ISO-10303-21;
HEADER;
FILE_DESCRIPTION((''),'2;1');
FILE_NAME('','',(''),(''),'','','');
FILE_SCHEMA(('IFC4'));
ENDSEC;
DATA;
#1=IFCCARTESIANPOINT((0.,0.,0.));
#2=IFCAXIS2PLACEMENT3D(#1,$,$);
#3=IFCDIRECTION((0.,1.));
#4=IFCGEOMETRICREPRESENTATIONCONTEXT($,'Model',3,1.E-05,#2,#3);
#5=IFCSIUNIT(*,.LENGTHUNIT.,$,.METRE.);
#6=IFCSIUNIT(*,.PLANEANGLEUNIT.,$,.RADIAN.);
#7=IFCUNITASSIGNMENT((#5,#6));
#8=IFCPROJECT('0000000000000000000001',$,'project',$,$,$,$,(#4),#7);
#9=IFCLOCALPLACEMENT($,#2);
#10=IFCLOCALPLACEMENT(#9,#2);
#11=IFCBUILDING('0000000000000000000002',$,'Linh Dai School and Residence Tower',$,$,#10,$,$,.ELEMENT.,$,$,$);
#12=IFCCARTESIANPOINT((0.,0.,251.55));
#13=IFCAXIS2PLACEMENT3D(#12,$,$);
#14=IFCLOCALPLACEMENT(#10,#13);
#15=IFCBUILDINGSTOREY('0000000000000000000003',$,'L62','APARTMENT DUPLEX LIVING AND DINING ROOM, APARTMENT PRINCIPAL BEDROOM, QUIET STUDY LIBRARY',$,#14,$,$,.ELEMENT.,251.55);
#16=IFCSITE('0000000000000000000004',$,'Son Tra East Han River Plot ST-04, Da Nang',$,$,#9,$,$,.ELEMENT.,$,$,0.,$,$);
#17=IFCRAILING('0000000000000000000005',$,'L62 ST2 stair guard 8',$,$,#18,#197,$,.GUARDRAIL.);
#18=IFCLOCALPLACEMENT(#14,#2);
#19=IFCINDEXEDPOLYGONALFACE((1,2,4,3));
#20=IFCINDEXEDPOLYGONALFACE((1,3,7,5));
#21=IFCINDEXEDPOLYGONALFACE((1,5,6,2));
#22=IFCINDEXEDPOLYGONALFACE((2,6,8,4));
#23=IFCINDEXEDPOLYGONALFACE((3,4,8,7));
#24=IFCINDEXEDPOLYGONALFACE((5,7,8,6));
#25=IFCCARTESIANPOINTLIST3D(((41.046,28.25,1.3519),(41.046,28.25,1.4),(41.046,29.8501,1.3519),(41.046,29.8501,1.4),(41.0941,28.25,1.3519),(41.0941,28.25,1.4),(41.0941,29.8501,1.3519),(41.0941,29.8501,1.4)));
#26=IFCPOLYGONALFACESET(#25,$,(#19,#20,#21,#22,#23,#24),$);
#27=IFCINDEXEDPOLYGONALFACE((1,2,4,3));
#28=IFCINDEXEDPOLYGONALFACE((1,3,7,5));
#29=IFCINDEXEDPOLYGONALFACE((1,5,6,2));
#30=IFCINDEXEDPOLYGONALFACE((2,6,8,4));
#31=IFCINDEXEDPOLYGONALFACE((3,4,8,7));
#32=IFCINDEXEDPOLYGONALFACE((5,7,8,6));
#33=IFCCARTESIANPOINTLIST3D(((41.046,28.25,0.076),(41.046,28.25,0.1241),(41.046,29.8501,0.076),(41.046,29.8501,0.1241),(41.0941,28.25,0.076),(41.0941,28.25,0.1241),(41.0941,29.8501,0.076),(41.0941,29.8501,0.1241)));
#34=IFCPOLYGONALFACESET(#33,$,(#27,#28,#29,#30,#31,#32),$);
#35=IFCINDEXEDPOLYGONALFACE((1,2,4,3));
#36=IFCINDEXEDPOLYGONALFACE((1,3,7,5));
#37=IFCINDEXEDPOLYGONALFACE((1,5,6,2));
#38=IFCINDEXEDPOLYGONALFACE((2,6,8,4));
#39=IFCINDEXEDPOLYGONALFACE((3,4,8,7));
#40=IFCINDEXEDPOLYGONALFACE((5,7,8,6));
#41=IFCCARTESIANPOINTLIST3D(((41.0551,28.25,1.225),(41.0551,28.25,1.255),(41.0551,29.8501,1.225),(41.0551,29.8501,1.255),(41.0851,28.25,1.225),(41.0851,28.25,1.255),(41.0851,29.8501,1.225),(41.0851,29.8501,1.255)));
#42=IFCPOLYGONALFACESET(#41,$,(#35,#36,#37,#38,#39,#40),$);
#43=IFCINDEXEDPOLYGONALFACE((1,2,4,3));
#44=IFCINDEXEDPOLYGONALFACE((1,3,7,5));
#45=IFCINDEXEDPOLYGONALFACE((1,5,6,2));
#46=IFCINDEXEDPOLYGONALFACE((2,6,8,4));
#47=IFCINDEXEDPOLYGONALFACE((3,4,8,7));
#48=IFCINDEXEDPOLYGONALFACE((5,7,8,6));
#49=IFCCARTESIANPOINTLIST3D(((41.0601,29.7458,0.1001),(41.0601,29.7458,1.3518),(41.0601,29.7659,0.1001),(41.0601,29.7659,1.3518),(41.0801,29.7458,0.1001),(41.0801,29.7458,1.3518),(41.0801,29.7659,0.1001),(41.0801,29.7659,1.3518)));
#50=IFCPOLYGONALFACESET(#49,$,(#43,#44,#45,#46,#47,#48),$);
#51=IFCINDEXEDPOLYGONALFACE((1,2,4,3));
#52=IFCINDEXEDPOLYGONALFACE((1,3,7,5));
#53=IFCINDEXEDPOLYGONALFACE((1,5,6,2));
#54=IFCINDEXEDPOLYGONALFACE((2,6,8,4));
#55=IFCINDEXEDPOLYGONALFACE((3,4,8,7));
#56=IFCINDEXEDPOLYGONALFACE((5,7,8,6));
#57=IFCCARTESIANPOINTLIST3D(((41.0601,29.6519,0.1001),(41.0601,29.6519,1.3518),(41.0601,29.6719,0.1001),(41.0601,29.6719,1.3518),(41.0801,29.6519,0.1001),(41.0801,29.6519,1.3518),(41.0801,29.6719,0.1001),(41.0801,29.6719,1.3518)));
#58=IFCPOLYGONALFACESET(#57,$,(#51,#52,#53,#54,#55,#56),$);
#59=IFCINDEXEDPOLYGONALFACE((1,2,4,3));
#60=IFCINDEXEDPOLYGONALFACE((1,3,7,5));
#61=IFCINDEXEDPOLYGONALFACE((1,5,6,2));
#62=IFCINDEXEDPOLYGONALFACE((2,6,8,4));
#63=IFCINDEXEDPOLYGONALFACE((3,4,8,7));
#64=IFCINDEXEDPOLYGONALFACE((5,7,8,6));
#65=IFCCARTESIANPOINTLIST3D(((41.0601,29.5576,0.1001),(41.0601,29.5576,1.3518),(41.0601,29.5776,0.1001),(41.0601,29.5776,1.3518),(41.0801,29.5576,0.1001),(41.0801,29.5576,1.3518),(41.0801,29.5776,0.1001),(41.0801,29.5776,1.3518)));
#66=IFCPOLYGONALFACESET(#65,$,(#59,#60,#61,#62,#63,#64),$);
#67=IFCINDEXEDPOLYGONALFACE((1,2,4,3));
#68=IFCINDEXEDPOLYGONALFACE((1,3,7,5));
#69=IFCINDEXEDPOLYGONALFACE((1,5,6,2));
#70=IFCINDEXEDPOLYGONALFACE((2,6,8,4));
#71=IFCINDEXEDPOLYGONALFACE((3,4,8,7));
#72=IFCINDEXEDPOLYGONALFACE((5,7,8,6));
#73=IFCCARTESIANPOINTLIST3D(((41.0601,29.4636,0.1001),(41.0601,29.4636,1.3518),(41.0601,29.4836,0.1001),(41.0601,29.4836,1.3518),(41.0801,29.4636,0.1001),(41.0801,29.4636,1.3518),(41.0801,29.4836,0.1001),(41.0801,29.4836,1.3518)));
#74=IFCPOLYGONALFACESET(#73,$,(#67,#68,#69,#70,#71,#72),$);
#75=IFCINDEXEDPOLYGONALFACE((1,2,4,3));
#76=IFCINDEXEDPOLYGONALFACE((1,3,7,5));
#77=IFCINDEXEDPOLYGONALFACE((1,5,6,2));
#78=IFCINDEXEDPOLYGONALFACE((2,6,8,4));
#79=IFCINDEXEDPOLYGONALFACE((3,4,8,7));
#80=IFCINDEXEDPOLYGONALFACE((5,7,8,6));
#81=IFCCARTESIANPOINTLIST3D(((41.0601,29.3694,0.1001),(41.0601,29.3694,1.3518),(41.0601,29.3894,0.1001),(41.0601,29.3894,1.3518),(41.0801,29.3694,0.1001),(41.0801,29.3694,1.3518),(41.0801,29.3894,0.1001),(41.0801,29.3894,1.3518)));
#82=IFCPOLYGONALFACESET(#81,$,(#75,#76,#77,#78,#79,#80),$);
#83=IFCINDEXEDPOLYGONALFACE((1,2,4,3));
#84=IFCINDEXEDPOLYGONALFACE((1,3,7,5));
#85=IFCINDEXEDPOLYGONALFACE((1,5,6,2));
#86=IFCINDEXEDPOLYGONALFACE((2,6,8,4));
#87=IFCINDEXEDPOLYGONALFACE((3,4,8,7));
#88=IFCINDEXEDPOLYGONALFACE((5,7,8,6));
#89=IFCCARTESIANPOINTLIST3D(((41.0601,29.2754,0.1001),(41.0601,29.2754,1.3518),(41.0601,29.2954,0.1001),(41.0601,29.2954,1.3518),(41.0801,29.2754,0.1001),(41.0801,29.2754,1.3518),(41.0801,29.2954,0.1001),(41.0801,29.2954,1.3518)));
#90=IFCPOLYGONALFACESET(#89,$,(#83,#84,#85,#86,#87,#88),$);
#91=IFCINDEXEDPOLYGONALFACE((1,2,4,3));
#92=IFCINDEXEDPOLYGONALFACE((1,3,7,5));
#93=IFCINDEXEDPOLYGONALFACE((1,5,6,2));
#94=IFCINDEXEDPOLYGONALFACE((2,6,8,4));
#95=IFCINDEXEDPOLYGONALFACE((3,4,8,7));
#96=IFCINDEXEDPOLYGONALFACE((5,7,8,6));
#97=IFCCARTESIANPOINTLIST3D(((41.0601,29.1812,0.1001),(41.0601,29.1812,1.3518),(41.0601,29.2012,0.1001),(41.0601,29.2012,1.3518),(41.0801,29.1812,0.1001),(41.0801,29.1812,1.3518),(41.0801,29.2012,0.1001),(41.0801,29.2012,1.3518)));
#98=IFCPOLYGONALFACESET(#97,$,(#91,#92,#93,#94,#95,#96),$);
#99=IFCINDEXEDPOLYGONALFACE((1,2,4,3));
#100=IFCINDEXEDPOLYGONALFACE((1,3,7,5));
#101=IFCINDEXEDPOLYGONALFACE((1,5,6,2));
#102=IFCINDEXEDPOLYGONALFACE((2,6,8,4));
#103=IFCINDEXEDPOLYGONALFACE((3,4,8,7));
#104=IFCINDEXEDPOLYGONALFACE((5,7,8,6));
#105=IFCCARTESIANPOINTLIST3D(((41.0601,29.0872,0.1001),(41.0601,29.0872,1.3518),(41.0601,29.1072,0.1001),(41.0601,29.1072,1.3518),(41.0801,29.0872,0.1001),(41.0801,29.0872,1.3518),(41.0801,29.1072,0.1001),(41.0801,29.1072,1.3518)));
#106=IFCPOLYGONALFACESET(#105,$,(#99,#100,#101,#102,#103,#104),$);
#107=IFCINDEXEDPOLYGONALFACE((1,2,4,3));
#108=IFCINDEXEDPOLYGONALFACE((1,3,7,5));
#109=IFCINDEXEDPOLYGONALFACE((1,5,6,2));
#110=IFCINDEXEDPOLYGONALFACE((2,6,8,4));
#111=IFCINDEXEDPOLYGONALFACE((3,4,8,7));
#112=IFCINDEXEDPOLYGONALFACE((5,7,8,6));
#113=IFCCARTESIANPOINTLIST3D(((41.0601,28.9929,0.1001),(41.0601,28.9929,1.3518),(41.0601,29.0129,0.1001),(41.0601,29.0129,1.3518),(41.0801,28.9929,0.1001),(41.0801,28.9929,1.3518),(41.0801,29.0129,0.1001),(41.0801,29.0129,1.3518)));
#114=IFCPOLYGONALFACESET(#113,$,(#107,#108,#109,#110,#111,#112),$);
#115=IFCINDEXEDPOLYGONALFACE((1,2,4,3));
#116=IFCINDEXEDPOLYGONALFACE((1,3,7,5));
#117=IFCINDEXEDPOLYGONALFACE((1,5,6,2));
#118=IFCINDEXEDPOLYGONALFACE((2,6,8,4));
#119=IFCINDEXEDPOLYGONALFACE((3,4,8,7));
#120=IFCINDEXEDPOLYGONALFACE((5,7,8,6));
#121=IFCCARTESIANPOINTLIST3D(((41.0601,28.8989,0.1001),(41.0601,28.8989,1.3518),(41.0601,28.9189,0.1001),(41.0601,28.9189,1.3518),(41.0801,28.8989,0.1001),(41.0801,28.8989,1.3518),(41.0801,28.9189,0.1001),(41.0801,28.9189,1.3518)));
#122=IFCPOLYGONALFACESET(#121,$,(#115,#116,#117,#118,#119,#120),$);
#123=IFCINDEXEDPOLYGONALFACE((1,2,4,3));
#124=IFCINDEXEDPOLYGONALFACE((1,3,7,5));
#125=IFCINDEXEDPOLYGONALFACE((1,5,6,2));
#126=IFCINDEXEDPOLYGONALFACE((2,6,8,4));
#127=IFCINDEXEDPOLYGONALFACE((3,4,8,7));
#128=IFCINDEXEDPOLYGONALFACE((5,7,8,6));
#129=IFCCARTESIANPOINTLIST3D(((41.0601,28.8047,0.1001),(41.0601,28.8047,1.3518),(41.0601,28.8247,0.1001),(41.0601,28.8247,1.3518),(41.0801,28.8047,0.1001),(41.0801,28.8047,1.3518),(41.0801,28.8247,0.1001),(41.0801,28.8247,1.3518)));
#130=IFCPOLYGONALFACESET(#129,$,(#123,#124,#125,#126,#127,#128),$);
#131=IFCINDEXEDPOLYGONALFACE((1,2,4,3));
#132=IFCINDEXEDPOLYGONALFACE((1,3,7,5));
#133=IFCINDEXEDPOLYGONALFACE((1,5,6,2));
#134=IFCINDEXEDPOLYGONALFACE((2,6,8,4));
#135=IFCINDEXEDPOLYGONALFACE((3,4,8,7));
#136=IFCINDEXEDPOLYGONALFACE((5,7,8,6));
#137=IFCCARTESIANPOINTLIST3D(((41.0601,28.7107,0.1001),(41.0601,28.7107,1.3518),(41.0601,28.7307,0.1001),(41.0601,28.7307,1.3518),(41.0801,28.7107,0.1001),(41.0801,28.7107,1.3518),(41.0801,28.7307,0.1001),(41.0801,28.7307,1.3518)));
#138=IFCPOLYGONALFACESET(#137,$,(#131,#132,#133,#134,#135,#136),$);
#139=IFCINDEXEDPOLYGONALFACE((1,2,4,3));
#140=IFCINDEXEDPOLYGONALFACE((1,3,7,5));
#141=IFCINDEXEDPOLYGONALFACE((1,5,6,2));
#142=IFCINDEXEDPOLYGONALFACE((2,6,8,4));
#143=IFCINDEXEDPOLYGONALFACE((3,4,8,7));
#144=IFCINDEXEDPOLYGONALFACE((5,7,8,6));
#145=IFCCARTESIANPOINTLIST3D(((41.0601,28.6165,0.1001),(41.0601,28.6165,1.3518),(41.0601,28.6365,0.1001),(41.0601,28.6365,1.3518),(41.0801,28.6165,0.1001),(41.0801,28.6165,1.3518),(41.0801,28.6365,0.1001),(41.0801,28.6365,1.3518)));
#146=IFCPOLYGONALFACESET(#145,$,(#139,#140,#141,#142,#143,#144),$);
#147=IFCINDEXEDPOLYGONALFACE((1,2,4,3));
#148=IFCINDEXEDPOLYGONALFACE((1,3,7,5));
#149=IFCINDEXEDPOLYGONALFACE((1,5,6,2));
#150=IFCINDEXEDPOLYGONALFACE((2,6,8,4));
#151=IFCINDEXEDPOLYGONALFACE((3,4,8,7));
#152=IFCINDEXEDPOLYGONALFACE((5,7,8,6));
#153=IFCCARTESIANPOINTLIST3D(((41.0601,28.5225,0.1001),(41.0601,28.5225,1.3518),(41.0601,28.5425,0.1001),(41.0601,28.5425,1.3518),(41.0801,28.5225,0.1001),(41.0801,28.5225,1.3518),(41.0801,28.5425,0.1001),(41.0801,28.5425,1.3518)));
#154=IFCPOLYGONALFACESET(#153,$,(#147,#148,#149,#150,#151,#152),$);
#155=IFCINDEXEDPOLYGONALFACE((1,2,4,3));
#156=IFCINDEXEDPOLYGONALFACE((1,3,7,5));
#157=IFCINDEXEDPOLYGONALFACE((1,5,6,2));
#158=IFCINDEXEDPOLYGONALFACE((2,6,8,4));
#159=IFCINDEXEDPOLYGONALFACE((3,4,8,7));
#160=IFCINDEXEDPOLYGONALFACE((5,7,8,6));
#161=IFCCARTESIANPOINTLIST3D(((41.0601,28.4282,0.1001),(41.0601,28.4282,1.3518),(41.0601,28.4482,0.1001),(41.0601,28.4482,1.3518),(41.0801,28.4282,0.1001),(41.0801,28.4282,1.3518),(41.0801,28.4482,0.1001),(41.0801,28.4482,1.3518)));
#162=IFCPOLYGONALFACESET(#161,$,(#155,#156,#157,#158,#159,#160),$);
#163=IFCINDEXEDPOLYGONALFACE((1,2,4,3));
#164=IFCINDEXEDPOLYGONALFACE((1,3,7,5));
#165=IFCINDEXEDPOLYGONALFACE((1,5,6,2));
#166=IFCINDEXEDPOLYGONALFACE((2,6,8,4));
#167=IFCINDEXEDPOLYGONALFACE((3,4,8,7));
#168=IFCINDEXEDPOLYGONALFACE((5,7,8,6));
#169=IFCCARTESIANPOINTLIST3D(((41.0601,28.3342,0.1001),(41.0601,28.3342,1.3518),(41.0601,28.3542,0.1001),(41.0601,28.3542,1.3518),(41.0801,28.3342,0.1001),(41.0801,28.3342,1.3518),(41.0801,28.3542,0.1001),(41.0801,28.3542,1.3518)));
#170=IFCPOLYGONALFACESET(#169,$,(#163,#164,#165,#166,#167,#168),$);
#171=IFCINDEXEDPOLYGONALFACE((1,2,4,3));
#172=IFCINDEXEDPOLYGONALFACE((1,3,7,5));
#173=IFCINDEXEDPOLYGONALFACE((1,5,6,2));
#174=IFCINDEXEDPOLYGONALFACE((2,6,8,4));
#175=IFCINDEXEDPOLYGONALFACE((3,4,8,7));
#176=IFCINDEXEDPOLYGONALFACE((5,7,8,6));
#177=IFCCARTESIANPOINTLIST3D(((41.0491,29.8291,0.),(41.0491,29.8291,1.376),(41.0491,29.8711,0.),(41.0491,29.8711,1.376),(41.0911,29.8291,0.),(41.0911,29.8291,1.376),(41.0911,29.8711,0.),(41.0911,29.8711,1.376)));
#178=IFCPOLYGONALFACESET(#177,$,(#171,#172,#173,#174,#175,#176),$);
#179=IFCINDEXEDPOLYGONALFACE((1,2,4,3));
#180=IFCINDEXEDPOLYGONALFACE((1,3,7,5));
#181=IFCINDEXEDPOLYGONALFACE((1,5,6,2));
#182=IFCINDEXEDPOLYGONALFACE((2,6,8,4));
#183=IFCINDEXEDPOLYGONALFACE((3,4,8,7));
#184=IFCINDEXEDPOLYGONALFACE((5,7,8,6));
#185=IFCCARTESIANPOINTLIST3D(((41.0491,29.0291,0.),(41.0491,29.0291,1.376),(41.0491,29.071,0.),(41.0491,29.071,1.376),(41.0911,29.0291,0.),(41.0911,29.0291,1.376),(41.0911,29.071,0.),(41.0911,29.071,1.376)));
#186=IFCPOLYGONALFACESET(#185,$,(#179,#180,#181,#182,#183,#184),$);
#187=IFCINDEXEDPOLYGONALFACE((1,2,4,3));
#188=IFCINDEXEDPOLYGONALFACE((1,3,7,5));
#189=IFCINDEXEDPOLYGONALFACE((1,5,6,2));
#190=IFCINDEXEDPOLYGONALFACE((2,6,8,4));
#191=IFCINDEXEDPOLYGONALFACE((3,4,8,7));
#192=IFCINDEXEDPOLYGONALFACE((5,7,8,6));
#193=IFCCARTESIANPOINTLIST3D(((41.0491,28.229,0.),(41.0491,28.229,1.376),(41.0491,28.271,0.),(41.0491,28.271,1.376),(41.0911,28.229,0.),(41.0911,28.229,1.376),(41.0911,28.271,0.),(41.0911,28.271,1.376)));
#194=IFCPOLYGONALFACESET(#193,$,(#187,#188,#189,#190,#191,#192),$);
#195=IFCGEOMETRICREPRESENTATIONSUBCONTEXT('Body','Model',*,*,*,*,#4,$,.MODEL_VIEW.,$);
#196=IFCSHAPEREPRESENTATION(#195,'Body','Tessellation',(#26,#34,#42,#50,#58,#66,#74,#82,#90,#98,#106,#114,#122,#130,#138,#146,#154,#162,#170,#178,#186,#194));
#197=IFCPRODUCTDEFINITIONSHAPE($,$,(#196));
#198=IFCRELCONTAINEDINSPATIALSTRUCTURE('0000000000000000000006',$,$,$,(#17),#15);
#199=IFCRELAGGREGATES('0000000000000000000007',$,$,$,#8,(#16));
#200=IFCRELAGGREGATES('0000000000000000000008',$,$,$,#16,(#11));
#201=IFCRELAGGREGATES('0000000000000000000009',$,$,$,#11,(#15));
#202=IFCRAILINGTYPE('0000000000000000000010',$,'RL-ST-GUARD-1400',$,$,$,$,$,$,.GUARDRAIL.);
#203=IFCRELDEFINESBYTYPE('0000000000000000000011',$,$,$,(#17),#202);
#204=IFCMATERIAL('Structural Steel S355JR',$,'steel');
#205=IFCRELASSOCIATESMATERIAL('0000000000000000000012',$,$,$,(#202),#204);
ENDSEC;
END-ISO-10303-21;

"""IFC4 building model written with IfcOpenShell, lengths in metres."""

from ifc_helpers import new_model, si_unit, direction, frame, origin, origin_2d, place, context, subcontext, project, spatial, rectangle, extrude, source, transform, mapped, material, type_object, element, save


model = new_model("IFC4")

# Units and contexts
model_context = context("Model", 3, precision=1e-05, world=origin(), true_north=direction((0.0, 1.0)))
body_context = subcontext(model_context, "Body", "Model", "MODEL_VIEW")
ifc_project = project(units=[si_unit("LENGTHUNIT", "METRE"), si_unit("PLANEANGLEUNIT", "RADIAN")], contexts=[model_context])

# Site, building, storey
site_placement = place(None, origin())
site = spatial("IfcSite", under=ifc_project, at=site_placement, Name="Son Tra East Han River Plot ST-04, Da Nang", CompositionType="ELEMENT", RefElevation=0.0)
building_placement = place(site_placement, origin())
building = spatial("IfcBuilding", under=site, at=building_placement, Name="Linh Dai School and Residence Tower", CompositionType="ELEMENT")
storey_placement = place(building_placement, frame((0.0, 0.0, 251.55)))
storey = spatial("IfcBuildingStorey", under=building, at=storey_placement, Name="L62", Description="APARTMENT DUPLEX LIVING AND DINING ROOM, APARTMENT PRINCIPAL BEDROOM, QUIET STUDY LIBRARY", CompositionType="ELEMENT", Elevation=251.55)

# Shared definitions
ifc_material_1 = material(Name="Structural Steel S355JR", Category="steel")

# Railing
railing_type_1 = type_object("IfcRailingType", Name="RL-ST-GUARD-1400", PredefinedType="GUARDRAIL", material=ifc_material_1)
shared_shape_1 = source(origin(), body_context, "Body", "SweptSolid", [
    extrude(rectangle(XDim=0.0481, YDim=0.0481, at=origin_2d()), frame((0.0, 0.0, 1.376), z_axis=(0.0, -1.0, 0.0), x_axis=(1.0, 0.0, 0.0)), (0.0, 0.0, 1.0), 1.6001),
    extrude(rectangle(XDim=0.0481, YDim=0.0481, at=origin_2d()), frame((0.0, 0.0, 0.1001), z_axis=(0.0, -1.0, 0.0), x_axis=(1.0, 0.0, 0.0)), (0.0, 0.0, 1.0), 1.6001),
    extrude(rectangle(XDim=0.03, YDim=0.03, at=origin_2d()), frame((0.0, 0.0, 1.24), z_axis=(0.0, -1.0, 0.0), x_axis=(1.0, 0.0, 0.0)), (0.0, 0.0, 1.0), 1.6001),
    extrude(rectangle(XDim=0.02, YDim=0.02, at=origin_2d()), frame((0.0, -0.0942, 0.1001)), (0.0, 0.0, 1.0), 1.2517),
    extrude(rectangle(XDim=0.02, YDim=0.02, at=origin_2d()), frame((0.0, -0.1882, 0.1001)), (0.0, 0.0, 1.0), 1.2517),
    extrude(rectangle(XDim=0.02, YDim=0.02, at=origin_2d()), frame((0.0, -0.2825, 0.1001)), (0.0, 0.0, 1.0), 1.2517),
    extrude(rectangle(XDim=0.02, YDim=0.02, at=origin_2d()), frame((0.0, -0.3765, 0.1001)), (0.0, 0.0, 1.0), 1.2517),
    extrude(rectangle(XDim=0.02, YDim=0.02, at=origin_2d()), frame((0.0, -0.4707, 0.1001)), (0.0, 0.0, 1.0), 1.2517),
    extrude(rectangle(XDim=0.02, YDim=0.02, at=origin_2d()), frame((0.0, -0.5647, 0.1001)), (0.0, 0.0, 1.0), 1.2517),
    extrude(rectangle(XDim=0.02, YDim=0.02, at=origin_2d()), frame((0.0, -0.6589, 0.1001)), (0.0, 0.0, 1.0), 1.2517),
    extrude(rectangle(XDim=0.02, YDim=0.02, at=origin_2d()), frame((0.0, -0.7529, 0.1001)), (0.0, 0.0, 1.0), 1.2517),
    extrude(rectangle(XDim=0.02, YDim=0.02, at=origin_2d()), frame((0.0, -0.8472, 0.1001)), (0.0, 0.0, 1.0), 1.2517),
    extrude(rectangle(XDim=0.02, YDim=0.02, at=origin_2d()), frame((0.0, -0.9412, 0.1001)), (0.0, 0.0, 1.0), 1.2517),
    extrude(rectangle(XDim=0.02, YDim=0.02, at=origin_2d()), frame((0.0, -1.0354, 0.1001)), (0.0, 0.0, 1.0), 1.2517),
    extrude(rectangle(XDim=0.02, YDim=0.02, at=origin_2d()), frame((0.0, -1.1294, 0.1001)), (0.0, 0.0, 1.0), 1.2517),
    extrude(rectangle(XDim=0.02, YDim=0.02, at=origin_2d()), frame((0.0, -1.2236, 0.1001)), (0.0, 0.0, 1.0), 1.2517),
    extrude(rectangle(XDim=0.02, YDim=0.02, at=origin_2d()), frame((0.0, -1.3176, 0.1001)), (0.0, 0.0, 1.0), 1.2517),
    extrude(rectangle(XDim=0.02, YDim=0.02, at=origin_2d()), frame((0.0, -1.4119, 0.1001)), (0.0, 0.0, 1.0), 1.2517),
    extrude(rectangle(XDim=0.02, YDim=0.02, at=origin_2d()), frame((0.0, -1.5059, 0.1001)), (0.0, 0.0, 1.0), 1.2517),
    extrude(rectangle(XDim=0.042, YDim=0.042, at=origin_2d()), origin(), (0.0, 0.0, 1.0), 1.376),
    extrude(rectangle(XDim=0.042, YDim=0.042, at=origin_2d()), frame((0.0, -0.8, 0.0)), (0.0, 0.0, 1.0), 1.376),
    extrude(rectangle(XDim=0.042, YDim=0.042, at=origin_2d()), frame((0.0, -1.6001, 0.0)), (0.0, 0.0, 1.0), 1.376),
])
for number, where, name in (
    (1, (41.0701, 29.8501, 0.0), "L62 ST2 stair guard 8"),
):
    element("IfcRailing", number, at=place(storey_placement, frame(where)), inside=storey, type_object=railing_type_1, Name=name, PredefinedType="GUARDRAIL", context=body_context, shape_type="MappedRepresentation", body=[
        mapped(shared_shape_1, transform((0.0, 0.0, 0.0), x_axis=(1.0, 0.0, 0.0), y_axis=(0.0, 1.0, 0.0), z_axis=(0.0, 0.0, 1.0), scale=1.0)),
    ])

save(model, "model.ifc")
